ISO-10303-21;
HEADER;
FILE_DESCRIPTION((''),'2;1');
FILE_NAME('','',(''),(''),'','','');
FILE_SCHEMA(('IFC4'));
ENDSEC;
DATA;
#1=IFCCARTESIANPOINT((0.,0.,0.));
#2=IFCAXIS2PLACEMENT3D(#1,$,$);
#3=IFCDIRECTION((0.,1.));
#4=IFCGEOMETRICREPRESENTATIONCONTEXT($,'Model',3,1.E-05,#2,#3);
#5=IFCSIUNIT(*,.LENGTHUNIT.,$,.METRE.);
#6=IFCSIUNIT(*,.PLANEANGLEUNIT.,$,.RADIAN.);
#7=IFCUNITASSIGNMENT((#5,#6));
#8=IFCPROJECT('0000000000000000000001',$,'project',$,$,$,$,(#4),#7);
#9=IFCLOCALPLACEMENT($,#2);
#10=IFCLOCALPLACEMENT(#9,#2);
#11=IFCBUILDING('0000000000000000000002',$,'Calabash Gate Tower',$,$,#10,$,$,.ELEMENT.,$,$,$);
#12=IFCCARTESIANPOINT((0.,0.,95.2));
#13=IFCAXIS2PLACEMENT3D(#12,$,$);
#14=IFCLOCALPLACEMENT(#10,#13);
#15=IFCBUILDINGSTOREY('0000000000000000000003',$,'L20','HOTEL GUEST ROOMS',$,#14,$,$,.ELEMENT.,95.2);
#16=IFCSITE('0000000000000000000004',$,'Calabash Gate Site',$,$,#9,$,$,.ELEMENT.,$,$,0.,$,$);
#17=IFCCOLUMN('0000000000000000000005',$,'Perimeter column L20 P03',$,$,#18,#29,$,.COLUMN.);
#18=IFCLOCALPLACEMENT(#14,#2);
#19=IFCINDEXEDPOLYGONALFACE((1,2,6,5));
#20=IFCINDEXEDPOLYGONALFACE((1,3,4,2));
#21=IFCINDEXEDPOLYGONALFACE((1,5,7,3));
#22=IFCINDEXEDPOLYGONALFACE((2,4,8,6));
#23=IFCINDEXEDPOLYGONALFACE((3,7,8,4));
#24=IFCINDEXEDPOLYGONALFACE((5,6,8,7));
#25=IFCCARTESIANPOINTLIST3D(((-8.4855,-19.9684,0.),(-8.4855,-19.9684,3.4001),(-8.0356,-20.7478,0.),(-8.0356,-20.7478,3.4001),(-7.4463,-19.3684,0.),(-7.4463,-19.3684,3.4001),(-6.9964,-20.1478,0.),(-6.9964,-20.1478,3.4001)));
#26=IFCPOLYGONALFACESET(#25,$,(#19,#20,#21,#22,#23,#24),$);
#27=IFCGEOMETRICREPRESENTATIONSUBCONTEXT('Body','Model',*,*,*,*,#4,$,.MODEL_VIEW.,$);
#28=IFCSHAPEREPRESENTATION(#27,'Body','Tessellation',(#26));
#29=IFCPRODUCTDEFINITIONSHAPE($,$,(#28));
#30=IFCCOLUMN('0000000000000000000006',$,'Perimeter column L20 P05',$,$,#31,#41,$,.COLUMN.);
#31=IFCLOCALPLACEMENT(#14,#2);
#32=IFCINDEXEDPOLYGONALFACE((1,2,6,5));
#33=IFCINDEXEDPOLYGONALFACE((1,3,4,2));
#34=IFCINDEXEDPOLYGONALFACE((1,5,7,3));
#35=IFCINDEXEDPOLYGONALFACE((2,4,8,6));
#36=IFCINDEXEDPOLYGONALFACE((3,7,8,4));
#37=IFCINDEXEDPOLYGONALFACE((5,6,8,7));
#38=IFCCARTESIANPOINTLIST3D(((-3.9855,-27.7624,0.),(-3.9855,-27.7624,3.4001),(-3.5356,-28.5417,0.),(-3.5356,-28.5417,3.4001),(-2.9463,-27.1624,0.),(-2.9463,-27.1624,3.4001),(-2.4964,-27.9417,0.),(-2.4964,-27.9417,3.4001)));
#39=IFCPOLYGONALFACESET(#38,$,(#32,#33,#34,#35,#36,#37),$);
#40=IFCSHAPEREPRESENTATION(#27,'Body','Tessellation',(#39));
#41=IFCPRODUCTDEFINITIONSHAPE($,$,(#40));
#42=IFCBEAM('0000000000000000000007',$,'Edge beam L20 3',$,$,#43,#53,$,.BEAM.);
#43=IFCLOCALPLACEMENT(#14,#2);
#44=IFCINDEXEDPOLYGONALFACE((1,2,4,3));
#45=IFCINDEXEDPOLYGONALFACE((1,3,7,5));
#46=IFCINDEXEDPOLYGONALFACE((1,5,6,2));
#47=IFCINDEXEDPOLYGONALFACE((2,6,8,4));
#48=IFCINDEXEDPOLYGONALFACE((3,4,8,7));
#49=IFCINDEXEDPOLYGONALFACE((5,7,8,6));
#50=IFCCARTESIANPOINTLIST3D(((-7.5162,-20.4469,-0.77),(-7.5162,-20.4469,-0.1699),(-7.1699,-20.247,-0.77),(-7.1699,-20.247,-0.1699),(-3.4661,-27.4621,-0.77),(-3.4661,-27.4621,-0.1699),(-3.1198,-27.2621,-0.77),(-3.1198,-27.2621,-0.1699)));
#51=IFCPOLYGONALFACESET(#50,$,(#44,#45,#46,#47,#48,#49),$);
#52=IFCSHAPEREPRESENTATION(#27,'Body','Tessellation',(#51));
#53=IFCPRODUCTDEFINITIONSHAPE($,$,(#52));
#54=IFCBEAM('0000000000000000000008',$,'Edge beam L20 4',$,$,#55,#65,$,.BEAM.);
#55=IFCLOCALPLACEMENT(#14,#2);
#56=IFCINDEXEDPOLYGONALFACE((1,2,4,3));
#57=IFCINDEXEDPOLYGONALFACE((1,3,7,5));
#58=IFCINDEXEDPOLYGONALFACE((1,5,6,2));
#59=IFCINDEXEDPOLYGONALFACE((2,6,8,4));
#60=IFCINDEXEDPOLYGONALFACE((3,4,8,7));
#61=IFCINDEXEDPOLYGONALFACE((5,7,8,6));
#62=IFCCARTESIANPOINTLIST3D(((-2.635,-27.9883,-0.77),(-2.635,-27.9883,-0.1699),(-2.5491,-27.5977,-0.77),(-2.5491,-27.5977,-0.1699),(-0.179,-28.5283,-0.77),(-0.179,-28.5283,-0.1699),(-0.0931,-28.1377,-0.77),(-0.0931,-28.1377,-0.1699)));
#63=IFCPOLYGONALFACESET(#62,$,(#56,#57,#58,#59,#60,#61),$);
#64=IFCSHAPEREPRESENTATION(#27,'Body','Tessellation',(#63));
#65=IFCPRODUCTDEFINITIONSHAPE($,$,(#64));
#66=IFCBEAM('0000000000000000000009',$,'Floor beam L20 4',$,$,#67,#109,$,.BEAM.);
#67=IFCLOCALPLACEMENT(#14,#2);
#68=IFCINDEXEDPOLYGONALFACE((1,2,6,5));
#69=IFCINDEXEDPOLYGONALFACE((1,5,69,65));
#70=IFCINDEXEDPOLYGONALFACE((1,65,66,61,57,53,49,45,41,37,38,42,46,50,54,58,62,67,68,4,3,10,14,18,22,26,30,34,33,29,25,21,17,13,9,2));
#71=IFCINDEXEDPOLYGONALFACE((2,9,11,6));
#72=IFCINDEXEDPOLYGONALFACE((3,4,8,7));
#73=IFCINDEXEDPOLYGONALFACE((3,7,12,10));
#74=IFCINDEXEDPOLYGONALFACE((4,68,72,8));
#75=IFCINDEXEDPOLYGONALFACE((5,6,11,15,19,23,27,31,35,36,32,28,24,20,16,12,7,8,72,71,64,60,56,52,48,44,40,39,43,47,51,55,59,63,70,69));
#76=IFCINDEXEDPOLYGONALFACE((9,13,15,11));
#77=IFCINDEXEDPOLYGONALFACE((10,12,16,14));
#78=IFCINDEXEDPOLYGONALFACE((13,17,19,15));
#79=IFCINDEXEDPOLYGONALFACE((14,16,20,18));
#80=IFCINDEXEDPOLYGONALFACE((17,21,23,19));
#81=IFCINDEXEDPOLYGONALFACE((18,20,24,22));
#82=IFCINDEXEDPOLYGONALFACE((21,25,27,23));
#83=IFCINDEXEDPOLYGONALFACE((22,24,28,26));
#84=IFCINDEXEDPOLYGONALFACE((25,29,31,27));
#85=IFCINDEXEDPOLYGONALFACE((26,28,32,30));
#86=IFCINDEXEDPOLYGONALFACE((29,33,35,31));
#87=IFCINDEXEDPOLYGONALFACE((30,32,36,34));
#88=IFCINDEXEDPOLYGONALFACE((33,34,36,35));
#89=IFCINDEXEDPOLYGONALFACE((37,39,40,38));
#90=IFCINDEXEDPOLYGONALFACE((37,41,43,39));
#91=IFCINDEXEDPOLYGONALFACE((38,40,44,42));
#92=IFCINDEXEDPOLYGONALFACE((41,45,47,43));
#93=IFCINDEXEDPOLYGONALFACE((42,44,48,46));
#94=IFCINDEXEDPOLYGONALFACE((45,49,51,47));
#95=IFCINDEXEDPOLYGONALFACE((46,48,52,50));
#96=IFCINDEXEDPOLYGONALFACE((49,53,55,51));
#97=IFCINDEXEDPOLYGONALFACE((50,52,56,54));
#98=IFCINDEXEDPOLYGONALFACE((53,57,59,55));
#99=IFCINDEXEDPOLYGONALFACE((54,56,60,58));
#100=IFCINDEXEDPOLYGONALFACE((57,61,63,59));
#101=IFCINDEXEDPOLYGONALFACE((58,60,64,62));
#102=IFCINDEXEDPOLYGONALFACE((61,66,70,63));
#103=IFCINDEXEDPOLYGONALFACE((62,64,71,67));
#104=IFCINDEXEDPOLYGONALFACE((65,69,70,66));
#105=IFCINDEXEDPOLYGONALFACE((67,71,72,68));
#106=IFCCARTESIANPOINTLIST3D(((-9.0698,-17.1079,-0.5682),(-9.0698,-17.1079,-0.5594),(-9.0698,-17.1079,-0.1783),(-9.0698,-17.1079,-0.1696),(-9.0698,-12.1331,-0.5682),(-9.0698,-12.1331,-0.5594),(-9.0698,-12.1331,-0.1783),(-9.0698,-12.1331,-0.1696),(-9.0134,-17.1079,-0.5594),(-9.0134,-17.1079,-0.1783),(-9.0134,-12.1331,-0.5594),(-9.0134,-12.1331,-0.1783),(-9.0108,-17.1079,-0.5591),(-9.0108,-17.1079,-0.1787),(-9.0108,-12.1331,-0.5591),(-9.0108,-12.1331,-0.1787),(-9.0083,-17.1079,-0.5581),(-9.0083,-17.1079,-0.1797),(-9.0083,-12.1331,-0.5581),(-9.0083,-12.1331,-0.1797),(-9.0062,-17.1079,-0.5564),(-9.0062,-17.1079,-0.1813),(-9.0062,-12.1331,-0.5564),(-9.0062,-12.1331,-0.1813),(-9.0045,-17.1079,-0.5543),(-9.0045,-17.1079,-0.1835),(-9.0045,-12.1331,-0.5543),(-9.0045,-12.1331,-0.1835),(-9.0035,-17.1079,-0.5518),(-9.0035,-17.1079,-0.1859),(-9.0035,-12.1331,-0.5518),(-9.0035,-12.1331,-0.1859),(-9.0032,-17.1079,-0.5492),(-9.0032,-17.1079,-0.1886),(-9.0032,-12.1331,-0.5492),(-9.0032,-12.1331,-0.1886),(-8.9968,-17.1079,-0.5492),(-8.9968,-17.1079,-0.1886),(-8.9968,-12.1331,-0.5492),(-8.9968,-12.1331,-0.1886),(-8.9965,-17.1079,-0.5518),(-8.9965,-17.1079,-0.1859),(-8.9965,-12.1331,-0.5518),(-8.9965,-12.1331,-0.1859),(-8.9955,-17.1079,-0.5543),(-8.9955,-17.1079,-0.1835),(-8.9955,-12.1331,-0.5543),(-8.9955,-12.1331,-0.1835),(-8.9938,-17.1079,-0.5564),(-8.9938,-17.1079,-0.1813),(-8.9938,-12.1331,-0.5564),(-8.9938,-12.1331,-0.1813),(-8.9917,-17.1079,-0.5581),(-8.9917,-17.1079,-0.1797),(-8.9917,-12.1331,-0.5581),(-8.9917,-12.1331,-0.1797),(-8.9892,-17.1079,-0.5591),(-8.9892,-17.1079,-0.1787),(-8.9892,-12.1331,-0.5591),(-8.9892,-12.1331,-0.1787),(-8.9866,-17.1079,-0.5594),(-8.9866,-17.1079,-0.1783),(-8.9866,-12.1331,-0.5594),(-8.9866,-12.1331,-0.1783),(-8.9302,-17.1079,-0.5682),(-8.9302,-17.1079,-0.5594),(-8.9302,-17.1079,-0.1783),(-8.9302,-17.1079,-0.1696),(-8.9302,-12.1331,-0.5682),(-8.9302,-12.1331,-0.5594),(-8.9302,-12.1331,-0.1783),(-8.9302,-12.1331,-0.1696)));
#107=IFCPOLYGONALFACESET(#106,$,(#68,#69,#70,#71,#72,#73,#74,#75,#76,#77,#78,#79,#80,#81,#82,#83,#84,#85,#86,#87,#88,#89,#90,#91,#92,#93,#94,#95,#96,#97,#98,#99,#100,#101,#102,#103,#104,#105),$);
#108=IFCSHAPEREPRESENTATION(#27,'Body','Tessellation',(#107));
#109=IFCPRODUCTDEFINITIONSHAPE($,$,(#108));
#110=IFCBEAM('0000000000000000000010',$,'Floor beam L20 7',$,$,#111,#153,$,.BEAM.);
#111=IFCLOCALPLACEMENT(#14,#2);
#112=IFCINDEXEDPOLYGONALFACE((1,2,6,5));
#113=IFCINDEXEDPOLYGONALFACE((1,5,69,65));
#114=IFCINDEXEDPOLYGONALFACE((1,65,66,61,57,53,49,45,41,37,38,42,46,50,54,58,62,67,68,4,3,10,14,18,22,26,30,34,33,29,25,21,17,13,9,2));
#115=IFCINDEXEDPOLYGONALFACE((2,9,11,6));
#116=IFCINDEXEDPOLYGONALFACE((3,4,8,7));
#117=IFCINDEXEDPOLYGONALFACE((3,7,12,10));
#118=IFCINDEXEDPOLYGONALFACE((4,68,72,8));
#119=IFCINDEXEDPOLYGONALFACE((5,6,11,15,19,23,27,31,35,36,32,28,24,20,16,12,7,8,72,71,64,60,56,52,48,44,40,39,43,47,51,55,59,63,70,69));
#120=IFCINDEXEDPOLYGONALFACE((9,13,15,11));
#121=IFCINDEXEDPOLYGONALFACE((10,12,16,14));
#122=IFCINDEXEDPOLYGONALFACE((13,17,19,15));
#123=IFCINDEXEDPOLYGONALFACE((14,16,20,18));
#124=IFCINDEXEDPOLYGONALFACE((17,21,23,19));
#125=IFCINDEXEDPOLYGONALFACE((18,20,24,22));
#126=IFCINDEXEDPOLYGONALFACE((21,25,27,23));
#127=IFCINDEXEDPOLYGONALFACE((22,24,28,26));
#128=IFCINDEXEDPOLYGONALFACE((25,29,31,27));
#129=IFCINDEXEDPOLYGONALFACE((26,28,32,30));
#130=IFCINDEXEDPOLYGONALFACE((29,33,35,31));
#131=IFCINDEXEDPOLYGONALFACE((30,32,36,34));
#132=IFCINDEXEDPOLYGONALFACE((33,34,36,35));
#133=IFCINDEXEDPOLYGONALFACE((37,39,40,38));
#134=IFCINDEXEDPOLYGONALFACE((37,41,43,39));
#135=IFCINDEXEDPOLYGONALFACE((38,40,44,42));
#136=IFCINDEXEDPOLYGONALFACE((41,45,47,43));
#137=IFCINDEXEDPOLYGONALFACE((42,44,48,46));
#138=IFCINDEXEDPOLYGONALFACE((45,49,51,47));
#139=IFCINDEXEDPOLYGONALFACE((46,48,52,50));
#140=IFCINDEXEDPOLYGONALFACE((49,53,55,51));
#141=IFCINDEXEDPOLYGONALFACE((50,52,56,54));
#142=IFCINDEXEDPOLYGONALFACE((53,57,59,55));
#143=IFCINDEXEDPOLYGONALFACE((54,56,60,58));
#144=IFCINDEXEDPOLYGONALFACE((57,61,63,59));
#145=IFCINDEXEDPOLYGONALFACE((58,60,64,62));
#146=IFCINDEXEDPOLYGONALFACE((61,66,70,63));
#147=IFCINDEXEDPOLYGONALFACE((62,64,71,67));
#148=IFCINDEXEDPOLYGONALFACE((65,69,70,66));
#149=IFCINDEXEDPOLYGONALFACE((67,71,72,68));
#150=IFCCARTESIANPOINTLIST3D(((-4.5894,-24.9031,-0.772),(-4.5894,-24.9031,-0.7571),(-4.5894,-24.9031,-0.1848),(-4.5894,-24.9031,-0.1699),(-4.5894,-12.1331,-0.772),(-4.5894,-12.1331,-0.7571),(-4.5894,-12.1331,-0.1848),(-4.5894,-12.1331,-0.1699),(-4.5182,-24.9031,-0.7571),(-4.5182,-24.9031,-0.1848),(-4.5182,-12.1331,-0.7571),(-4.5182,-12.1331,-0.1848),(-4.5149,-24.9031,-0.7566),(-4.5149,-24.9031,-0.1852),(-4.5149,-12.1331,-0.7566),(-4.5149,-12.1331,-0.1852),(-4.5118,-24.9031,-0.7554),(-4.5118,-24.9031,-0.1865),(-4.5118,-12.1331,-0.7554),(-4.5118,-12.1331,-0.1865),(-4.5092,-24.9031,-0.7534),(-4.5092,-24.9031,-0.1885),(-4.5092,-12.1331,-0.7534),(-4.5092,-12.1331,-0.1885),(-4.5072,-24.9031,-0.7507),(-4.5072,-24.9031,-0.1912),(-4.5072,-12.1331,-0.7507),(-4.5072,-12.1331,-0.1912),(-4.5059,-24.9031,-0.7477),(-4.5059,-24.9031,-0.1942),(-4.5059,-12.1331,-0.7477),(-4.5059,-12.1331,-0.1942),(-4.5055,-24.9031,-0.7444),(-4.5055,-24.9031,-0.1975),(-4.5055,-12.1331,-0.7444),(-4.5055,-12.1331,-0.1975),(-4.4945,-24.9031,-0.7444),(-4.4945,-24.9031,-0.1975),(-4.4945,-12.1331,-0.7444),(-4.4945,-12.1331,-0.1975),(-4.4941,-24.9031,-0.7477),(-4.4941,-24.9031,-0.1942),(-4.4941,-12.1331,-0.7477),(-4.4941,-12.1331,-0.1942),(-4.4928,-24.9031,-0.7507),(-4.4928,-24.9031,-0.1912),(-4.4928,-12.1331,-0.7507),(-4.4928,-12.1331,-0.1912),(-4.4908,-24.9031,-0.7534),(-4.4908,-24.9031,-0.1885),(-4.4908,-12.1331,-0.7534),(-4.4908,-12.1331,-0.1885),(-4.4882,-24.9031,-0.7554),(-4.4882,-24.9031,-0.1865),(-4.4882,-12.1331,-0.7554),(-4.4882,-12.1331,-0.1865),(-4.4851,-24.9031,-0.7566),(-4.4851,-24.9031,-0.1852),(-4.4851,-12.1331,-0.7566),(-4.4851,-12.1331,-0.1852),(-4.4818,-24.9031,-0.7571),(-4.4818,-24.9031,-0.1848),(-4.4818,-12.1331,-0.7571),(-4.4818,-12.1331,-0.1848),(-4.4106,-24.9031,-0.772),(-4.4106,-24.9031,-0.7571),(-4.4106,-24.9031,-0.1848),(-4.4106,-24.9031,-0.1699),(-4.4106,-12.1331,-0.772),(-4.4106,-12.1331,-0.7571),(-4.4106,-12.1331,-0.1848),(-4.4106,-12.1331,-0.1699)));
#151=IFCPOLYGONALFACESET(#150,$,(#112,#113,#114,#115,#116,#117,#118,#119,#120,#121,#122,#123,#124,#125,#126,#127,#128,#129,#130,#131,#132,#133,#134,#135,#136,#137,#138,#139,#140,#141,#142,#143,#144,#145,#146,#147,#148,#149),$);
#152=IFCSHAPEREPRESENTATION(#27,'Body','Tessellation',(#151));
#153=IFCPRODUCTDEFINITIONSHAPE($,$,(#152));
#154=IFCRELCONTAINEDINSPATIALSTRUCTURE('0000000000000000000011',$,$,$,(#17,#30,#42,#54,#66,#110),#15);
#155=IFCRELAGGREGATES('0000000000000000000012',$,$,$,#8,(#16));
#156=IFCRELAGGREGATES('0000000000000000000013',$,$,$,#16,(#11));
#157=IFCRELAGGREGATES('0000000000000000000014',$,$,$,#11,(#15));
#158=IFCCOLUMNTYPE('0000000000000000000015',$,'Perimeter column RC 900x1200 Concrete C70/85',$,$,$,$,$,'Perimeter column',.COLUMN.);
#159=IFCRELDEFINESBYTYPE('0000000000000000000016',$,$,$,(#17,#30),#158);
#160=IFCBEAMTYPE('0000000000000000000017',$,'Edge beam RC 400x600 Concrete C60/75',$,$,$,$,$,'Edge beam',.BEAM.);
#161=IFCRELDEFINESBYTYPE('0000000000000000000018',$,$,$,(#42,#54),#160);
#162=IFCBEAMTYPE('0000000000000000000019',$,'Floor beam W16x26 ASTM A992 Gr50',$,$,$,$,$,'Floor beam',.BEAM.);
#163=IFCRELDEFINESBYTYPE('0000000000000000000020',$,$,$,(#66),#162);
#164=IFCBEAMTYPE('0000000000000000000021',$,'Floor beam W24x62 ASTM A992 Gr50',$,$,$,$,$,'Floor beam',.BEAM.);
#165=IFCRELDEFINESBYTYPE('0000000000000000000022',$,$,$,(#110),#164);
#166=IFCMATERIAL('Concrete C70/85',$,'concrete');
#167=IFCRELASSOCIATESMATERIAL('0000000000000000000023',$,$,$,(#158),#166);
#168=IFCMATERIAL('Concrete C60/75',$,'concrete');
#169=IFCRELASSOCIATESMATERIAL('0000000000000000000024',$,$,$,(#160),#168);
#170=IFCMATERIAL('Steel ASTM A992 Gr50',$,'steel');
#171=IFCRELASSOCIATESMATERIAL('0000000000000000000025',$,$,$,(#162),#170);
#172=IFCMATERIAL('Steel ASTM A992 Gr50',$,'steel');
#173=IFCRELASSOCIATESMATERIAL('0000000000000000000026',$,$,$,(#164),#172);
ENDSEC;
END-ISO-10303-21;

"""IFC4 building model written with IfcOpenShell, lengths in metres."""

from ifc_helpers import new_model, si_unit, direction, frame, origin, origin_2d, place, context, subcontext, project, spatial, rectangle, i_section, extrude, material, material_profile, profile_set, type_object, element, save


model = new_model("IFC4")

# Units and contexts
model_context = context("Model", 3, precision=1e-05, world=origin(), true_north=direction((0.0, 1.0)))
body_context = subcontext(model_context, "Body", "Model", "MODEL_VIEW")
ifc_project = project(units=[si_unit("LENGTHUNIT", "METRE"), si_unit("PLANEANGLEUNIT", "RADIAN")], contexts=[model_context])

# Site, building, storey
site_placement = place(None, origin())
site = spatial("IfcSite", under=ifc_project, at=site_placement, Name="Calabash Gate Site", CompositionType="ELEMENT", RefElevation=0.0)
building_placement = place(site_placement, origin())
building = spatial("IfcBuilding", under=site, at=building_placement, Name="Calabash Gate Tower", CompositionType="ELEMENT")
storey_placement = place(building_placement, frame((0.0, 0.0, 95.2)))
storey = spatial("IfcBuildingStorey", under=building, at=storey_placement, Name="L20", Description="HOTEL GUEST ROOMS", CompositionType="ELEMENT", Elevation=95.2)

# Columns
ifc_material_1 = material(Name="Concrete C70/85", Category="concrete")
ifc_material_profile_1 = material_profile(ifc_material_1, rectangle(XDim=0.8999, YDim=1.2, at=origin_2d()))
ifc_profile_set_1 = profile_set([ifc_material_profile_1], Name="Concrete C70/85")
column_type = type_object("IfcColumnType", Name="Perimeter column RC 900x1200 Concrete C70/85", ElementType="Perimeter column", PredefinedType="COLUMN", material=ifc_profile_set_1)
for number, where, z_axis, x_axis, name in (
    (1, (-7.741, -20.0581, 0.0), (0.0, 0.0, 1.0), (0.5, -0.866025, 0.0), "Perimeter column L20 P03"),
    (2, (-3.241, -27.8521, 0.0), (0.0, 0.0, 1.0), (0.5, -0.866025, 0.0), "Perimeter column L20 P05"),
):
    element("IfcColumn", number, at=place(storey_placement, frame(where, z_axis=z_axis, x_axis=x_axis)), inside=storey, type_object=column_type, Name=name, PredefinedType="COLUMN", context=body_context, shape_type="SweptSolid", body=[
        extrude(rectangle(XDim=0.8999, YDim=1.2, at=origin_2d()), origin(), (0.0, 0.0, 1.0), 3.4001),
    ])

# Beams
ifc_material_2 = material(Name="Concrete C60/75", Category="concrete")
ifc_material_profile_2 = material_profile(ifc_material_2, rectangle(XDim=0.3999, YDim=0.6001, at=origin_2d()))
ifc_profile_set_2 = profile_set([ifc_material_profile_2], Name="Concrete C60/75")
beam_type_1 = type_object("IfcBeamType", Name="Edge beam RC 400x600 Concrete C60/75", ElementType="Edge beam", PredefinedType="BEAM", material=ifc_profile_set_2)
beam_1_placement = place(storey_placement, frame((-7.343, -20.3469, -0.47), z_axis=(0.499987, -0.866033, 0.0), x_axis=(0.866033, 0.499987, 0.0)))
element("IfcBeam", 3, at=beam_1_placement, inside=storey, type_object=beam_type_1, Name="Edge beam L20 3", PredefinedType="BEAM", context=body_context, shape_type="SweptSolid", body=[
    extrude(rectangle(XDim=0.3999, YDim=0.6001, at=origin_2d()), origin(), (0.0, 0.0, 1.0), 8.1003),
])
beam_2_placement = place(storey_placement, frame((-2.592, -27.793, -0.47), z_axis=(0.976669, -0.214751, 0.0), x_axis=(0.214751, 0.976669, 0.0)))
element("IfcBeam", 4, at=beam_2_placement, inside=storey, type_object=beam_type_1, Name="Edge beam L20 4", PredefinedType="BEAM", context=body_context, shape_type="SweptSolid", body=[
    extrude(rectangle(XDim=0.3999, YDim=0.6001, at=origin_2d()), origin(), (0.0, 0.0, 1.0), 2.5146),
])
ifc_material_3 = material(Name="Steel ASTM A992 Gr50", Category="steel")
ifc_material_profile_3 = material_profile(ifc_material_3, i_section(OverallWidth=0.1396, OverallDepth=0.3987, WebThickness=0.0063, FlangeThickness=0.0088, FilletRadius=0.0103, at=origin_2d()))
ifc_profile_set_3 = profile_set([ifc_material_profile_3], Name="Steel ASTM A992 Gr50")
beam_type_2 = type_object("IfcBeamType", Name="Floor beam W16x26 ASTM A992 Gr50", ElementType="Floor beam", PredefinedType="BEAM", material=ifc_profile_set_3)
beam_3_placement = place(storey_placement, frame((-9.0, -17.1079, -0.3689), z_axis=(0.0, 1.0, 0.0), x_axis=(-1.0, 0.0, 0.0)))
element("IfcBeam", 5, at=beam_3_placement, inside=storey, type_object=beam_type_2, Name="Floor beam L20 4", PredefinedType="BEAM", context=body_context, shape_type="SweptSolid", body=[
    extrude(i_section(OverallWidth=0.1396, OverallDepth=0.3987, WebThickness=0.0063, FlangeThickness=0.0088, FilletRadius=0.0103, at=origin_2d()), origin(), (0.0, 0.0, 1.0), 4.9749),
])
ifc_material_4 = material(Name="Steel ASTM A992 Gr50", Category="steel")
ifc_material_profile_4 = material_profile(ifc_material_4, i_section(OverallWidth=0.1787, OverallDepth=0.6021, WebThickness=0.011, FlangeThickness=0.0149, FilletRadius=0.0127, at=origin_2d()))
ifc_profile_set_4 = profile_set([ifc_material_profile_4], Name="Steel ASTM A992 Gr50")
beam_type_3 = type_object("IfcBeamType", Name="Floor beam W24x62 ASTM A992 Gr50", ElementType="Floor beam", PredefinedType="BEAM", material=ifc_profile_set_4)
beam_4_placement = place(storey_placement, frame((-4.5, -24.9031, -0.4709), z_axis=(0.0, 1.0, 0.0), x_axis=(-1.0, 0.0, 0.0)))
element("IfcBeam", 6, at=beam_4_placement, inside=storey, type_object=beam_type_3, Name="Floor beam L20 7", PredefinedType="BEAM", context=body_context, shape_type="SweptSolid", body=[
    extrude(i_section(OverallWidth=0.1787, OverallDepth=0.6021, WebThickness=0.011, FlangeThickness=0.0149, FilletRadius=0.0127, at=origin_2d()), origin(), (0.0, 0.0, 1.0), 12.77),
])

save(model, "model.ifc")
